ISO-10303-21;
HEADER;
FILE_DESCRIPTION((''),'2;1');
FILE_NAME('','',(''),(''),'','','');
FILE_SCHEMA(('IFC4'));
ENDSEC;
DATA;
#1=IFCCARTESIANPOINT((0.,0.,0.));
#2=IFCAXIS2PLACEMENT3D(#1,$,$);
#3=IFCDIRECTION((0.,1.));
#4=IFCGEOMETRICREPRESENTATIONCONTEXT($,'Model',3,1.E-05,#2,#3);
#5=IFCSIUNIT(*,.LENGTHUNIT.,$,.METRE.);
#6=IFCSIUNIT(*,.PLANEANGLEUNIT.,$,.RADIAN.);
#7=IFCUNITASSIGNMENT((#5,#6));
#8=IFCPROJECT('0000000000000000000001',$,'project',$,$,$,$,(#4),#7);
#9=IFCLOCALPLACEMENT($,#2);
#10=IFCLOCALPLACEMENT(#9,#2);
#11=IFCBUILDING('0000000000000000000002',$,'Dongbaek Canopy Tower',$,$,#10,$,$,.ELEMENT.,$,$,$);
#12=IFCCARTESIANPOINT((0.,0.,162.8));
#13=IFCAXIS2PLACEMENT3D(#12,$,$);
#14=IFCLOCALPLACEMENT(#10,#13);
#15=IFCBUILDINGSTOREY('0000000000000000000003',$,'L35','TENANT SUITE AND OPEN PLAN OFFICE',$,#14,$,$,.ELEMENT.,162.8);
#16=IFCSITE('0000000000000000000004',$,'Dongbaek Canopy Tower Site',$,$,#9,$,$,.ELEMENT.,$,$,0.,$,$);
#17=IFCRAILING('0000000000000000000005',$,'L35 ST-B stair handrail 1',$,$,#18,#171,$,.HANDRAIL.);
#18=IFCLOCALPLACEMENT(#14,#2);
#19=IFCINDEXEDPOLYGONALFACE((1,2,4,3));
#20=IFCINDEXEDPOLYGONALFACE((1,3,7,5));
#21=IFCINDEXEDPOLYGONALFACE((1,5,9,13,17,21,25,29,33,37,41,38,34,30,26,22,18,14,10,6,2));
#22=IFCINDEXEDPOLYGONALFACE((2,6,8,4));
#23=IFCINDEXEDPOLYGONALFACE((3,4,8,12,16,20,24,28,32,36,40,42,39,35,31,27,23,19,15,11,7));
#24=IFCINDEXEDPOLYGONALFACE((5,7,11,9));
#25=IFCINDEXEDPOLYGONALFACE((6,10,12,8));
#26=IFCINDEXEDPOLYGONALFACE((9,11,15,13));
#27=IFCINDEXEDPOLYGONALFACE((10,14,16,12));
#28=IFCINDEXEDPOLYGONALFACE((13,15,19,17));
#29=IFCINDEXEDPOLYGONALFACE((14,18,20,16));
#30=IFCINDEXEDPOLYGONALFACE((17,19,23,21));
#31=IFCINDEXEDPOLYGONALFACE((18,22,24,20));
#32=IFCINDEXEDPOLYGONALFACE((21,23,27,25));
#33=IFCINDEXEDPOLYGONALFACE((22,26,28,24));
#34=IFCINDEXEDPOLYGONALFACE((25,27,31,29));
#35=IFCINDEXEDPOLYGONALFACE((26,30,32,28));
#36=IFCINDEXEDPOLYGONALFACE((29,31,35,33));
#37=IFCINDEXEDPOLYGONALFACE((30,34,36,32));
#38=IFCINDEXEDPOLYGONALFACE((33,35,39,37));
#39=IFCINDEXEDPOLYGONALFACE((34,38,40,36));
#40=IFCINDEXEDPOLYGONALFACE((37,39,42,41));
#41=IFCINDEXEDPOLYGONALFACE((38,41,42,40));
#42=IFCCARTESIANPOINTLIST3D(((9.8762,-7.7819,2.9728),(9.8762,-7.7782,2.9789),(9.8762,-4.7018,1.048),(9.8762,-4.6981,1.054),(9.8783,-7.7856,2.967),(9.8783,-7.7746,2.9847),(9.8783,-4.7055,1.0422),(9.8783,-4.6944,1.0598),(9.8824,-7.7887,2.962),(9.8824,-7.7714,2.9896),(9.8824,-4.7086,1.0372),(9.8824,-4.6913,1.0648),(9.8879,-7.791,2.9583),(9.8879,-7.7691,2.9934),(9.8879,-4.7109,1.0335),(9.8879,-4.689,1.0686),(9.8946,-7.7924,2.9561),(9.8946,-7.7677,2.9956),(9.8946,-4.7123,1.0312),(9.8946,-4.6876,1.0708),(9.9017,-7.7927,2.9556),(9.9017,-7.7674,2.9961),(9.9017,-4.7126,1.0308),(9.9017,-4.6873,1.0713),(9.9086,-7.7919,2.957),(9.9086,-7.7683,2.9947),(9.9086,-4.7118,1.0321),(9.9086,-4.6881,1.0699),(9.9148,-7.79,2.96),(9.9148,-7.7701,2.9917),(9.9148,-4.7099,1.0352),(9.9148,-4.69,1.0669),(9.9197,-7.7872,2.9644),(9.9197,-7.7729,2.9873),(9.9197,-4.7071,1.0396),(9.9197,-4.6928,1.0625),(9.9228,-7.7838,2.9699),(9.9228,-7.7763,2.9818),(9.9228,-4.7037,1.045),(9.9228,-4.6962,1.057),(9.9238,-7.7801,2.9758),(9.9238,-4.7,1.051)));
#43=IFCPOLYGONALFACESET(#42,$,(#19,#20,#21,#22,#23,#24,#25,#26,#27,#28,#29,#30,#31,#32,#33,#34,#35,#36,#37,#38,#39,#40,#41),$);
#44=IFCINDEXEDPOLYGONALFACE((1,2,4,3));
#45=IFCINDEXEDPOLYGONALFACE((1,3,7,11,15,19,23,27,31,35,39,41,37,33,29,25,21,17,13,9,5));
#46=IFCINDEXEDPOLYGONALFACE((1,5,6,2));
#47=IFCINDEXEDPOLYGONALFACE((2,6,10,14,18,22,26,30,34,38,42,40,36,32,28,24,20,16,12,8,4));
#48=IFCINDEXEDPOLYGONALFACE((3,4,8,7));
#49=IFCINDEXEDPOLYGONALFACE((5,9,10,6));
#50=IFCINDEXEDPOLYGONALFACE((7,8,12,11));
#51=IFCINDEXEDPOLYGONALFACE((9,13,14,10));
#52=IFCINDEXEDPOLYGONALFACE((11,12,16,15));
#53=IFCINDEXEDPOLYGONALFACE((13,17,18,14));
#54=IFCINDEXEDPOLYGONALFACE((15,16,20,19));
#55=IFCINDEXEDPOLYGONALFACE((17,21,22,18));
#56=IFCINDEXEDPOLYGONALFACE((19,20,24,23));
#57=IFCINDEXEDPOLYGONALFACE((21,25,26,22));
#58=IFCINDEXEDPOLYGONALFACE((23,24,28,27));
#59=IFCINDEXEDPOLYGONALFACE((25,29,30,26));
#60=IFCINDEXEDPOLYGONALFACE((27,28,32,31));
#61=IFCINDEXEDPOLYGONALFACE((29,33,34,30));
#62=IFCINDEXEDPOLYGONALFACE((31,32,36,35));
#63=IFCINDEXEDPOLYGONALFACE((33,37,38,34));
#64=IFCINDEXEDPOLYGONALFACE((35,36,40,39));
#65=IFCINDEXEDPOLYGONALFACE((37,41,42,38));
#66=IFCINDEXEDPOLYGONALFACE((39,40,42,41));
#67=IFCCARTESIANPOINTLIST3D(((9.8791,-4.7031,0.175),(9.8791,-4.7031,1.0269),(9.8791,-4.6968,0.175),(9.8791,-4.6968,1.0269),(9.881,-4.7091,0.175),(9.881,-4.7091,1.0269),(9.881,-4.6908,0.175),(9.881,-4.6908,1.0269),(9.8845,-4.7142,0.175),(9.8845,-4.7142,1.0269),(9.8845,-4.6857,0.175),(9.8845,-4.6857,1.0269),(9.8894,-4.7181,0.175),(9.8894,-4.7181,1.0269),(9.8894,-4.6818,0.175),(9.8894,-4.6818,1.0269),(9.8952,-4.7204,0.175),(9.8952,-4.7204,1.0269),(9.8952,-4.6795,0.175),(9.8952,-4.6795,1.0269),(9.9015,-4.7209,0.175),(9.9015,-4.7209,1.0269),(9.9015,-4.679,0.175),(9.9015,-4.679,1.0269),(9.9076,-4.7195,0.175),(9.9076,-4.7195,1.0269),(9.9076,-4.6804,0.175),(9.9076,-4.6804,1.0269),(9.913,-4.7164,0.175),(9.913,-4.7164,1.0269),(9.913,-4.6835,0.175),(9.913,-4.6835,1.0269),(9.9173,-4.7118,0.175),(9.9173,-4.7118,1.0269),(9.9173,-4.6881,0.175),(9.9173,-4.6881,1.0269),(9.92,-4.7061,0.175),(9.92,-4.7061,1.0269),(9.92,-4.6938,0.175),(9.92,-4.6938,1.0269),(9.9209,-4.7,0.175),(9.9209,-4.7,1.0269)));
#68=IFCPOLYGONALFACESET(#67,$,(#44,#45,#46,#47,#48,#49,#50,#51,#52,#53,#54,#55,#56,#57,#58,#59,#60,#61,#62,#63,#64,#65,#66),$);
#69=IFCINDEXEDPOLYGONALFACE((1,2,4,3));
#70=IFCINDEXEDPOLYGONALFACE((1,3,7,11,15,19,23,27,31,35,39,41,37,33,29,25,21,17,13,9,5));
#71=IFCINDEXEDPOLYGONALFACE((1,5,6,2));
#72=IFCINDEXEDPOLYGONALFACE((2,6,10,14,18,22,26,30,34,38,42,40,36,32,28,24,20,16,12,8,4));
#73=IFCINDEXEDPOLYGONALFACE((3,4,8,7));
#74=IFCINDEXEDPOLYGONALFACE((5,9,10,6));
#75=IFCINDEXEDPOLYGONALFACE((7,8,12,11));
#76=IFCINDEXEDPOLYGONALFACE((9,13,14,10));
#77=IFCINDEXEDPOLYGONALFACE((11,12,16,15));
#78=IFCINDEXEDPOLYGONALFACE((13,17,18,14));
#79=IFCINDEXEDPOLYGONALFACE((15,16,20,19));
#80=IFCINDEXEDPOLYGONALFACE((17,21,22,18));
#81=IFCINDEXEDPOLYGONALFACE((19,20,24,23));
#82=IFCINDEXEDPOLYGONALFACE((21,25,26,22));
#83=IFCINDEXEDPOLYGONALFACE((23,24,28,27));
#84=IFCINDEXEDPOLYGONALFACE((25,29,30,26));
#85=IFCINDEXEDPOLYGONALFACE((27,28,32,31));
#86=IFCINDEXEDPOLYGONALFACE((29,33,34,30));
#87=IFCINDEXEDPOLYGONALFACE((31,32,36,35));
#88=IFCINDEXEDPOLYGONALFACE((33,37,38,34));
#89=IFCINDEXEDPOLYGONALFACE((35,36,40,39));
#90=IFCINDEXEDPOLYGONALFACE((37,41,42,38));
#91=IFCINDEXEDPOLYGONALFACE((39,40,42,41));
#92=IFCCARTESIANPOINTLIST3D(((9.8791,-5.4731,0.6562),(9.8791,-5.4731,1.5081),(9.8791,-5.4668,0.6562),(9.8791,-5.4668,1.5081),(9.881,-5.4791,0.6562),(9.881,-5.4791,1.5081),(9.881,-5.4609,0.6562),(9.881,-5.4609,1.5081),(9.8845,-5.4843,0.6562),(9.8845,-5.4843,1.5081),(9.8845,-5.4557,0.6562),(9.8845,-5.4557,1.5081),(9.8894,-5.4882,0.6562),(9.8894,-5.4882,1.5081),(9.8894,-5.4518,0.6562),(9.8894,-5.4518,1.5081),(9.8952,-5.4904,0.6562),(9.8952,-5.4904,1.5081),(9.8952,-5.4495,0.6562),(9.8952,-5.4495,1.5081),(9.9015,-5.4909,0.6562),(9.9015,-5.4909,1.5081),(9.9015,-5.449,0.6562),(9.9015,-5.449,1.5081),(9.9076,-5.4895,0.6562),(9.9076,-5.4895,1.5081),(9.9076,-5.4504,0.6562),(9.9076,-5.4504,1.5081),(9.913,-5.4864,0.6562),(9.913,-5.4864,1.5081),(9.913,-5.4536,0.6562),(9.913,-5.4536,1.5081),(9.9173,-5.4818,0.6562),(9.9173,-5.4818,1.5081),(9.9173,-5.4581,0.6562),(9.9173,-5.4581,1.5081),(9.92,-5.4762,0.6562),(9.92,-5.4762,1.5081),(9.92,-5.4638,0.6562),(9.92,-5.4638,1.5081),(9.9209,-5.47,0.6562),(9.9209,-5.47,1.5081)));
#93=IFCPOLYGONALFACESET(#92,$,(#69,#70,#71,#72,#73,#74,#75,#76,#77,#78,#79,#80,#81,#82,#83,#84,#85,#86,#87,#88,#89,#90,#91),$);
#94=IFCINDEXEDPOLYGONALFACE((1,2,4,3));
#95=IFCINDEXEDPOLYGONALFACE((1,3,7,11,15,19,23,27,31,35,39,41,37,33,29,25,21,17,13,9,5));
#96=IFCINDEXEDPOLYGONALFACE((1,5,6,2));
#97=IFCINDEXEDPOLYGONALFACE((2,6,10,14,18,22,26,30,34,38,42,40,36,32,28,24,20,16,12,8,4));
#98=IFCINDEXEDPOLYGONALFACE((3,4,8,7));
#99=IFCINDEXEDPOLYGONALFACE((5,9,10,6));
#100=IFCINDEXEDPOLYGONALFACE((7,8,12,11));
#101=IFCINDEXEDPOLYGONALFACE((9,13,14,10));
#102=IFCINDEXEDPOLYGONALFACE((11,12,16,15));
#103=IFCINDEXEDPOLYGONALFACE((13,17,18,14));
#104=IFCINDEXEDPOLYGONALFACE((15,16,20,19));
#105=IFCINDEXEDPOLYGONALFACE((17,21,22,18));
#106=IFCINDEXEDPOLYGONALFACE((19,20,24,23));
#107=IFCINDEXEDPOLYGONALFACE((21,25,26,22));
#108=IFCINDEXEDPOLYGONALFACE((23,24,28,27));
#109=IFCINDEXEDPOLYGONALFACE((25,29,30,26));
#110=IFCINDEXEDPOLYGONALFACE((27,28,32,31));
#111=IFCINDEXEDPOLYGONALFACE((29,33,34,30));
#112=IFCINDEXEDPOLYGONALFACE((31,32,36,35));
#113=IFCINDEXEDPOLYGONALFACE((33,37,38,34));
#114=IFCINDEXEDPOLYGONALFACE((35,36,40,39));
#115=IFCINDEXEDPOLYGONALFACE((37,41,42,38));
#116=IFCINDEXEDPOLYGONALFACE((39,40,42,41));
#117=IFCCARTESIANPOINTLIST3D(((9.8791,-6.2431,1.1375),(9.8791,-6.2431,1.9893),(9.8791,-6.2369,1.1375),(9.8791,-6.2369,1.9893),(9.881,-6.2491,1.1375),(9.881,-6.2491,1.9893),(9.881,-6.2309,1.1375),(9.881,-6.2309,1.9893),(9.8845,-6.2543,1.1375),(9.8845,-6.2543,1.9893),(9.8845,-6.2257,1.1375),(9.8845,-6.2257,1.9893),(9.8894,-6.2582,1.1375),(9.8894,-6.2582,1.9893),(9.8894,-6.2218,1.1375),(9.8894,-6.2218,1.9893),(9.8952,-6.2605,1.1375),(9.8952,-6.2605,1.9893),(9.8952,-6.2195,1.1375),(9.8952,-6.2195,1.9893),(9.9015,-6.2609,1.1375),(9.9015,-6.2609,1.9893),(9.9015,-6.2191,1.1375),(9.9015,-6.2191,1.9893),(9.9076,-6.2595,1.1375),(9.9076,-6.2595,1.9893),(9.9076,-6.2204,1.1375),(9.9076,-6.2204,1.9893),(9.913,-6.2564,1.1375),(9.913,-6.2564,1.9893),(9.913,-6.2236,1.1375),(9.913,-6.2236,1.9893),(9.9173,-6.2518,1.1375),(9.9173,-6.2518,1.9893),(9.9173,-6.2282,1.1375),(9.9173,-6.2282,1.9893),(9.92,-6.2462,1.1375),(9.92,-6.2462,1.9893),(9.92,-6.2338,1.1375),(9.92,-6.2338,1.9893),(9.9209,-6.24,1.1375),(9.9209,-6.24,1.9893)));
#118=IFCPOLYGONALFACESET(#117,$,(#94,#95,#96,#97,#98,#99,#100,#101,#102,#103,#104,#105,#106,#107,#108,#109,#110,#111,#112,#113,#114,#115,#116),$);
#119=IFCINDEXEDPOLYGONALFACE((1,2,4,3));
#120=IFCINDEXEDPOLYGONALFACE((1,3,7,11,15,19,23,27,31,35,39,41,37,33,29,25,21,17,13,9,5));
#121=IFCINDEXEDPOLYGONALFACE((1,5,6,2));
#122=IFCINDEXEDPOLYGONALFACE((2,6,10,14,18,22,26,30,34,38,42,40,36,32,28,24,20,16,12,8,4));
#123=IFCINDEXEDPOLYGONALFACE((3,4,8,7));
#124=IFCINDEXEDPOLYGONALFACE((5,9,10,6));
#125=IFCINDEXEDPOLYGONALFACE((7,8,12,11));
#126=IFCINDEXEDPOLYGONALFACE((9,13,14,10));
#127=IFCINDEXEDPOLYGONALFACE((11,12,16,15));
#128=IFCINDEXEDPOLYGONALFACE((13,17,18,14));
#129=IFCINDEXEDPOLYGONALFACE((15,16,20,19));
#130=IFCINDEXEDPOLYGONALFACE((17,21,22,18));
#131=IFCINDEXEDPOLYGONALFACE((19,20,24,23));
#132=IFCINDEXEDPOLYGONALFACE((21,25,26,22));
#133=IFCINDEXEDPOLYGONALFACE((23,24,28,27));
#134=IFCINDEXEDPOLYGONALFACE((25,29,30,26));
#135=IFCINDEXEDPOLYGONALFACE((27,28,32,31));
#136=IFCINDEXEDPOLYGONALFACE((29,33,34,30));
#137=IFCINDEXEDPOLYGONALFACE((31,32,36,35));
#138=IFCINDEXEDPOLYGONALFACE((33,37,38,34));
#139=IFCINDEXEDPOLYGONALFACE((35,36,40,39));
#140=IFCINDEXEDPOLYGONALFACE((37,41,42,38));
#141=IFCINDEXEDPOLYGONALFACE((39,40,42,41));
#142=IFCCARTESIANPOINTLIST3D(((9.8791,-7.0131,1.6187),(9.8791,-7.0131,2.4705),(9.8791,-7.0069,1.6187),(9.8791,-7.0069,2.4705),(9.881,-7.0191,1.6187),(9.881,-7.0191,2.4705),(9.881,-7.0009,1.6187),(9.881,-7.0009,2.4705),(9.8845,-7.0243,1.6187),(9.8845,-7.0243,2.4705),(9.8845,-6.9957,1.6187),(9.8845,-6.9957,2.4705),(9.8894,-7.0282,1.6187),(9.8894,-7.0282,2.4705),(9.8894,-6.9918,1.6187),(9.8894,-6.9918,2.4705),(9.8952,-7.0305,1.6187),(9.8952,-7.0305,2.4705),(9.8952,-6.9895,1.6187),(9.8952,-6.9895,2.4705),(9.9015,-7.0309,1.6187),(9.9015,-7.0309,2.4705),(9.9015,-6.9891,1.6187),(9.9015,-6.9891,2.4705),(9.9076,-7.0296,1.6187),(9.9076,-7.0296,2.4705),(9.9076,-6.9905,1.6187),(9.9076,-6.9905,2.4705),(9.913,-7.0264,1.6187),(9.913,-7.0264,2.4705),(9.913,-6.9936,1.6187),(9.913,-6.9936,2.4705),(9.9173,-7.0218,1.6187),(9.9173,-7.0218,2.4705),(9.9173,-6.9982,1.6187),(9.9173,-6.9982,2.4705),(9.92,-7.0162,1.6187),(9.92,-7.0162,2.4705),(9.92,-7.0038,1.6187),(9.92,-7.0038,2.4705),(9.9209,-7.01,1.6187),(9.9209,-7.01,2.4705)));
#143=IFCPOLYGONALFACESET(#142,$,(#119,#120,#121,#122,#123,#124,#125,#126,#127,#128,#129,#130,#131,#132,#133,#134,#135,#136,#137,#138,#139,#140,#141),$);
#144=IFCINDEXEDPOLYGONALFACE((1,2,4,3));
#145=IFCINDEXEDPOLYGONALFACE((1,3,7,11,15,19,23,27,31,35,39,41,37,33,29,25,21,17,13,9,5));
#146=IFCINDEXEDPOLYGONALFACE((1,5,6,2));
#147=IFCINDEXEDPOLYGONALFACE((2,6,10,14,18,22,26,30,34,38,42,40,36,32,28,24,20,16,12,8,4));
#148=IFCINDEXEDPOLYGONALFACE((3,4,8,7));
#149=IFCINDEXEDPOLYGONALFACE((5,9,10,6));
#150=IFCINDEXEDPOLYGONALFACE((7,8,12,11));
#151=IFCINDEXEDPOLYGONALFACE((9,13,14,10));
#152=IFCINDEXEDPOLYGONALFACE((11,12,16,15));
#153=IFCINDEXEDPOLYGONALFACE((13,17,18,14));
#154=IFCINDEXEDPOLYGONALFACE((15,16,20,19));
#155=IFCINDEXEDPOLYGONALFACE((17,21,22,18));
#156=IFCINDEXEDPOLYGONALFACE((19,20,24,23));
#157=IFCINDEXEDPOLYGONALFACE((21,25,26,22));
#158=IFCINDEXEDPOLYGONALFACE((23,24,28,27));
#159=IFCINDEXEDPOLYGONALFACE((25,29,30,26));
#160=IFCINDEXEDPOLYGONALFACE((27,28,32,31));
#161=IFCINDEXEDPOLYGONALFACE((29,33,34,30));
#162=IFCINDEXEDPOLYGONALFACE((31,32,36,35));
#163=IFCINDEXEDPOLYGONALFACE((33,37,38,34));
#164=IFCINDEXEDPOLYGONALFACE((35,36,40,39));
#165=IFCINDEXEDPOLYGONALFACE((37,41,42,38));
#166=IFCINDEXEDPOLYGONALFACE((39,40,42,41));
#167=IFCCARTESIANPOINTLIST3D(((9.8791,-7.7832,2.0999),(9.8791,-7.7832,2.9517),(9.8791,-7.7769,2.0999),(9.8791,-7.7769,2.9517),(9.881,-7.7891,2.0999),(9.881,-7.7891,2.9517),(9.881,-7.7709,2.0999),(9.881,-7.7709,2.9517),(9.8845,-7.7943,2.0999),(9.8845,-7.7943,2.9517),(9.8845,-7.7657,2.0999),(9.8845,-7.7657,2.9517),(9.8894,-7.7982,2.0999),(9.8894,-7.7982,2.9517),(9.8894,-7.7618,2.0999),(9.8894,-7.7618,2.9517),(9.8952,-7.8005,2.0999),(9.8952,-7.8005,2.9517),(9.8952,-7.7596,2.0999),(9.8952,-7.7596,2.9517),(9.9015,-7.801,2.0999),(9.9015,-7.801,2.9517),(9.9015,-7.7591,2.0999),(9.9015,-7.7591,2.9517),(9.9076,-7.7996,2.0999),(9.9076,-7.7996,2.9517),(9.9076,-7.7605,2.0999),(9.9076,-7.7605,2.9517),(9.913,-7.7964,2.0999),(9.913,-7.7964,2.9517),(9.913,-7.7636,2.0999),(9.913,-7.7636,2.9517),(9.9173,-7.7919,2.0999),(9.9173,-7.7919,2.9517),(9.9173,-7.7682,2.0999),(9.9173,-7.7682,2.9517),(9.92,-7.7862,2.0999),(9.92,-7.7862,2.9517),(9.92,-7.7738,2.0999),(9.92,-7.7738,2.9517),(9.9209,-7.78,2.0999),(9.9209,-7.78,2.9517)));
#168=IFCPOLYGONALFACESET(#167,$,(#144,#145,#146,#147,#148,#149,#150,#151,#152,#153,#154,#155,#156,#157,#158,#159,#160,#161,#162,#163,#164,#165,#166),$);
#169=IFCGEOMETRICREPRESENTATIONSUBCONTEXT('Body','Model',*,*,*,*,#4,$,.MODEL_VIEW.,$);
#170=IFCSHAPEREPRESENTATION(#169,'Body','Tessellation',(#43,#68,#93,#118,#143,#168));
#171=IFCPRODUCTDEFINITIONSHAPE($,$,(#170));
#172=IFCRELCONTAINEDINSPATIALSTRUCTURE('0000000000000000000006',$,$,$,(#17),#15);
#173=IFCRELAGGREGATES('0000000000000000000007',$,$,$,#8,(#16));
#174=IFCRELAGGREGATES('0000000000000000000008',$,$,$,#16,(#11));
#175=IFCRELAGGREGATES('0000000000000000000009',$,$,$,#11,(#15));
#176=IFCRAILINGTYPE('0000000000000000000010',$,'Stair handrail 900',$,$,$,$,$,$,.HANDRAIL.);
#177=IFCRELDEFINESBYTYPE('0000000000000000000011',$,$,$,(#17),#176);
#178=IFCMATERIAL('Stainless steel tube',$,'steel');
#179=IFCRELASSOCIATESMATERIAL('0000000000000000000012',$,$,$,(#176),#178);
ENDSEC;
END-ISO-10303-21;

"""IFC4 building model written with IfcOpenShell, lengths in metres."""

from ifc_helpers import new_model, si_unit, direction, frame, origin, origin_2d, place, context, subcontext, project, spatial, circle, extrude, material, type_object, element, save


model = new_model("IFC4")

# Units and contexts
model_context = context("Model", 3, precision=1e-05, world=origin(), true_north=direction((0.0, 1.0)))
body_context = subcontext(model_context, "Body", "Model", "MODEL_VIEW")
ifc_project = project(units=[si_unit("LENGTHUNIT", "METRE"), si_unit("PLANEANGLEUNIT", "RADIAN")], contexts=[model_context])

# Site, building, storey
site_placement = place(None, origin())
site = spatial("IfcSite", under=ifc_project, at=site_placement, Name="Dongbaek Canopy Tower Site", CompositionType="ELEMENT", RefElevation=0.0)
building_placement = place(site_placement, origin())
building = spatial("IfcBuilding", under=site, at=building_placement, Name="Dongbaek Canopy Tower", CompositionType="ELEMENT")
storey_placement = place(building_placement, frame((0.0, 0.0, 162.8)))
storey = spatial("IfcBuildingStorey", under=building, at=storey_placement, Name="L35", Description="TENANT SUITE AND OPEN PLAN OFFICE", CompositionType="ELEMENT", Elevation=162.8)

# Railing
ifc_material_1 = material(Name="Stainless steel tube", Category="steel")
railing_type_1 = type_object("IfcRailingType", Name="Stair handrail 900", PredefinedType="HANDRAIL", material=ifc_material_1)
railing_1_placement = place(storey_placement, frame((9.8999, -4.7, 0.175)))
element("IfcRailing", 1, at=railing_1_placement, inside=storey, type_object=railing_type_1, Name="L35 ST-B stair handrail 1", PredefinedType="HANDRAIL", context=body_context, shape_type="SweptSolid", body=[
    extrude(circle(Radius=0.0239, at=origin_2d()), frame((0.0, 0.0, 0.876), z_axis=(0.0, -0.848029, 0.529951), x_axis=(1.0, 0.0, 0.0)), (0.0, 0.0, 1.0), 3.6321),
    extrude(circle(Radius=0.021, at=origin_2d()), origin(), (0.0, 0.0, 1.0), 0.8518),
    extrude(circle(Radius=0.021, at=origin_2d()), frame((0.0, -0.77, 0.4812)), (0.0, 0.0, 1.0), 0.8518),
    extrude(circle(Radius=0.021, at=origin_2d()), frame((0.0, -1.54, 0.9624)), (0.0, 0.0, 1.0), 0.8518),
    extrude(circle(Radius=0.021, at=origin_2d()), frame((0.0, -2.3101, 1.4436)), (0.0, 0.0, 1.0), 0.8518),
    extrude(circle(Radius=0.021, at=origin_2d()), frame((0.0, -3.0801, 1.9248)), (0.0, 0.0, 1.0), 0.8518),
])

save(model, "model.ifc")
